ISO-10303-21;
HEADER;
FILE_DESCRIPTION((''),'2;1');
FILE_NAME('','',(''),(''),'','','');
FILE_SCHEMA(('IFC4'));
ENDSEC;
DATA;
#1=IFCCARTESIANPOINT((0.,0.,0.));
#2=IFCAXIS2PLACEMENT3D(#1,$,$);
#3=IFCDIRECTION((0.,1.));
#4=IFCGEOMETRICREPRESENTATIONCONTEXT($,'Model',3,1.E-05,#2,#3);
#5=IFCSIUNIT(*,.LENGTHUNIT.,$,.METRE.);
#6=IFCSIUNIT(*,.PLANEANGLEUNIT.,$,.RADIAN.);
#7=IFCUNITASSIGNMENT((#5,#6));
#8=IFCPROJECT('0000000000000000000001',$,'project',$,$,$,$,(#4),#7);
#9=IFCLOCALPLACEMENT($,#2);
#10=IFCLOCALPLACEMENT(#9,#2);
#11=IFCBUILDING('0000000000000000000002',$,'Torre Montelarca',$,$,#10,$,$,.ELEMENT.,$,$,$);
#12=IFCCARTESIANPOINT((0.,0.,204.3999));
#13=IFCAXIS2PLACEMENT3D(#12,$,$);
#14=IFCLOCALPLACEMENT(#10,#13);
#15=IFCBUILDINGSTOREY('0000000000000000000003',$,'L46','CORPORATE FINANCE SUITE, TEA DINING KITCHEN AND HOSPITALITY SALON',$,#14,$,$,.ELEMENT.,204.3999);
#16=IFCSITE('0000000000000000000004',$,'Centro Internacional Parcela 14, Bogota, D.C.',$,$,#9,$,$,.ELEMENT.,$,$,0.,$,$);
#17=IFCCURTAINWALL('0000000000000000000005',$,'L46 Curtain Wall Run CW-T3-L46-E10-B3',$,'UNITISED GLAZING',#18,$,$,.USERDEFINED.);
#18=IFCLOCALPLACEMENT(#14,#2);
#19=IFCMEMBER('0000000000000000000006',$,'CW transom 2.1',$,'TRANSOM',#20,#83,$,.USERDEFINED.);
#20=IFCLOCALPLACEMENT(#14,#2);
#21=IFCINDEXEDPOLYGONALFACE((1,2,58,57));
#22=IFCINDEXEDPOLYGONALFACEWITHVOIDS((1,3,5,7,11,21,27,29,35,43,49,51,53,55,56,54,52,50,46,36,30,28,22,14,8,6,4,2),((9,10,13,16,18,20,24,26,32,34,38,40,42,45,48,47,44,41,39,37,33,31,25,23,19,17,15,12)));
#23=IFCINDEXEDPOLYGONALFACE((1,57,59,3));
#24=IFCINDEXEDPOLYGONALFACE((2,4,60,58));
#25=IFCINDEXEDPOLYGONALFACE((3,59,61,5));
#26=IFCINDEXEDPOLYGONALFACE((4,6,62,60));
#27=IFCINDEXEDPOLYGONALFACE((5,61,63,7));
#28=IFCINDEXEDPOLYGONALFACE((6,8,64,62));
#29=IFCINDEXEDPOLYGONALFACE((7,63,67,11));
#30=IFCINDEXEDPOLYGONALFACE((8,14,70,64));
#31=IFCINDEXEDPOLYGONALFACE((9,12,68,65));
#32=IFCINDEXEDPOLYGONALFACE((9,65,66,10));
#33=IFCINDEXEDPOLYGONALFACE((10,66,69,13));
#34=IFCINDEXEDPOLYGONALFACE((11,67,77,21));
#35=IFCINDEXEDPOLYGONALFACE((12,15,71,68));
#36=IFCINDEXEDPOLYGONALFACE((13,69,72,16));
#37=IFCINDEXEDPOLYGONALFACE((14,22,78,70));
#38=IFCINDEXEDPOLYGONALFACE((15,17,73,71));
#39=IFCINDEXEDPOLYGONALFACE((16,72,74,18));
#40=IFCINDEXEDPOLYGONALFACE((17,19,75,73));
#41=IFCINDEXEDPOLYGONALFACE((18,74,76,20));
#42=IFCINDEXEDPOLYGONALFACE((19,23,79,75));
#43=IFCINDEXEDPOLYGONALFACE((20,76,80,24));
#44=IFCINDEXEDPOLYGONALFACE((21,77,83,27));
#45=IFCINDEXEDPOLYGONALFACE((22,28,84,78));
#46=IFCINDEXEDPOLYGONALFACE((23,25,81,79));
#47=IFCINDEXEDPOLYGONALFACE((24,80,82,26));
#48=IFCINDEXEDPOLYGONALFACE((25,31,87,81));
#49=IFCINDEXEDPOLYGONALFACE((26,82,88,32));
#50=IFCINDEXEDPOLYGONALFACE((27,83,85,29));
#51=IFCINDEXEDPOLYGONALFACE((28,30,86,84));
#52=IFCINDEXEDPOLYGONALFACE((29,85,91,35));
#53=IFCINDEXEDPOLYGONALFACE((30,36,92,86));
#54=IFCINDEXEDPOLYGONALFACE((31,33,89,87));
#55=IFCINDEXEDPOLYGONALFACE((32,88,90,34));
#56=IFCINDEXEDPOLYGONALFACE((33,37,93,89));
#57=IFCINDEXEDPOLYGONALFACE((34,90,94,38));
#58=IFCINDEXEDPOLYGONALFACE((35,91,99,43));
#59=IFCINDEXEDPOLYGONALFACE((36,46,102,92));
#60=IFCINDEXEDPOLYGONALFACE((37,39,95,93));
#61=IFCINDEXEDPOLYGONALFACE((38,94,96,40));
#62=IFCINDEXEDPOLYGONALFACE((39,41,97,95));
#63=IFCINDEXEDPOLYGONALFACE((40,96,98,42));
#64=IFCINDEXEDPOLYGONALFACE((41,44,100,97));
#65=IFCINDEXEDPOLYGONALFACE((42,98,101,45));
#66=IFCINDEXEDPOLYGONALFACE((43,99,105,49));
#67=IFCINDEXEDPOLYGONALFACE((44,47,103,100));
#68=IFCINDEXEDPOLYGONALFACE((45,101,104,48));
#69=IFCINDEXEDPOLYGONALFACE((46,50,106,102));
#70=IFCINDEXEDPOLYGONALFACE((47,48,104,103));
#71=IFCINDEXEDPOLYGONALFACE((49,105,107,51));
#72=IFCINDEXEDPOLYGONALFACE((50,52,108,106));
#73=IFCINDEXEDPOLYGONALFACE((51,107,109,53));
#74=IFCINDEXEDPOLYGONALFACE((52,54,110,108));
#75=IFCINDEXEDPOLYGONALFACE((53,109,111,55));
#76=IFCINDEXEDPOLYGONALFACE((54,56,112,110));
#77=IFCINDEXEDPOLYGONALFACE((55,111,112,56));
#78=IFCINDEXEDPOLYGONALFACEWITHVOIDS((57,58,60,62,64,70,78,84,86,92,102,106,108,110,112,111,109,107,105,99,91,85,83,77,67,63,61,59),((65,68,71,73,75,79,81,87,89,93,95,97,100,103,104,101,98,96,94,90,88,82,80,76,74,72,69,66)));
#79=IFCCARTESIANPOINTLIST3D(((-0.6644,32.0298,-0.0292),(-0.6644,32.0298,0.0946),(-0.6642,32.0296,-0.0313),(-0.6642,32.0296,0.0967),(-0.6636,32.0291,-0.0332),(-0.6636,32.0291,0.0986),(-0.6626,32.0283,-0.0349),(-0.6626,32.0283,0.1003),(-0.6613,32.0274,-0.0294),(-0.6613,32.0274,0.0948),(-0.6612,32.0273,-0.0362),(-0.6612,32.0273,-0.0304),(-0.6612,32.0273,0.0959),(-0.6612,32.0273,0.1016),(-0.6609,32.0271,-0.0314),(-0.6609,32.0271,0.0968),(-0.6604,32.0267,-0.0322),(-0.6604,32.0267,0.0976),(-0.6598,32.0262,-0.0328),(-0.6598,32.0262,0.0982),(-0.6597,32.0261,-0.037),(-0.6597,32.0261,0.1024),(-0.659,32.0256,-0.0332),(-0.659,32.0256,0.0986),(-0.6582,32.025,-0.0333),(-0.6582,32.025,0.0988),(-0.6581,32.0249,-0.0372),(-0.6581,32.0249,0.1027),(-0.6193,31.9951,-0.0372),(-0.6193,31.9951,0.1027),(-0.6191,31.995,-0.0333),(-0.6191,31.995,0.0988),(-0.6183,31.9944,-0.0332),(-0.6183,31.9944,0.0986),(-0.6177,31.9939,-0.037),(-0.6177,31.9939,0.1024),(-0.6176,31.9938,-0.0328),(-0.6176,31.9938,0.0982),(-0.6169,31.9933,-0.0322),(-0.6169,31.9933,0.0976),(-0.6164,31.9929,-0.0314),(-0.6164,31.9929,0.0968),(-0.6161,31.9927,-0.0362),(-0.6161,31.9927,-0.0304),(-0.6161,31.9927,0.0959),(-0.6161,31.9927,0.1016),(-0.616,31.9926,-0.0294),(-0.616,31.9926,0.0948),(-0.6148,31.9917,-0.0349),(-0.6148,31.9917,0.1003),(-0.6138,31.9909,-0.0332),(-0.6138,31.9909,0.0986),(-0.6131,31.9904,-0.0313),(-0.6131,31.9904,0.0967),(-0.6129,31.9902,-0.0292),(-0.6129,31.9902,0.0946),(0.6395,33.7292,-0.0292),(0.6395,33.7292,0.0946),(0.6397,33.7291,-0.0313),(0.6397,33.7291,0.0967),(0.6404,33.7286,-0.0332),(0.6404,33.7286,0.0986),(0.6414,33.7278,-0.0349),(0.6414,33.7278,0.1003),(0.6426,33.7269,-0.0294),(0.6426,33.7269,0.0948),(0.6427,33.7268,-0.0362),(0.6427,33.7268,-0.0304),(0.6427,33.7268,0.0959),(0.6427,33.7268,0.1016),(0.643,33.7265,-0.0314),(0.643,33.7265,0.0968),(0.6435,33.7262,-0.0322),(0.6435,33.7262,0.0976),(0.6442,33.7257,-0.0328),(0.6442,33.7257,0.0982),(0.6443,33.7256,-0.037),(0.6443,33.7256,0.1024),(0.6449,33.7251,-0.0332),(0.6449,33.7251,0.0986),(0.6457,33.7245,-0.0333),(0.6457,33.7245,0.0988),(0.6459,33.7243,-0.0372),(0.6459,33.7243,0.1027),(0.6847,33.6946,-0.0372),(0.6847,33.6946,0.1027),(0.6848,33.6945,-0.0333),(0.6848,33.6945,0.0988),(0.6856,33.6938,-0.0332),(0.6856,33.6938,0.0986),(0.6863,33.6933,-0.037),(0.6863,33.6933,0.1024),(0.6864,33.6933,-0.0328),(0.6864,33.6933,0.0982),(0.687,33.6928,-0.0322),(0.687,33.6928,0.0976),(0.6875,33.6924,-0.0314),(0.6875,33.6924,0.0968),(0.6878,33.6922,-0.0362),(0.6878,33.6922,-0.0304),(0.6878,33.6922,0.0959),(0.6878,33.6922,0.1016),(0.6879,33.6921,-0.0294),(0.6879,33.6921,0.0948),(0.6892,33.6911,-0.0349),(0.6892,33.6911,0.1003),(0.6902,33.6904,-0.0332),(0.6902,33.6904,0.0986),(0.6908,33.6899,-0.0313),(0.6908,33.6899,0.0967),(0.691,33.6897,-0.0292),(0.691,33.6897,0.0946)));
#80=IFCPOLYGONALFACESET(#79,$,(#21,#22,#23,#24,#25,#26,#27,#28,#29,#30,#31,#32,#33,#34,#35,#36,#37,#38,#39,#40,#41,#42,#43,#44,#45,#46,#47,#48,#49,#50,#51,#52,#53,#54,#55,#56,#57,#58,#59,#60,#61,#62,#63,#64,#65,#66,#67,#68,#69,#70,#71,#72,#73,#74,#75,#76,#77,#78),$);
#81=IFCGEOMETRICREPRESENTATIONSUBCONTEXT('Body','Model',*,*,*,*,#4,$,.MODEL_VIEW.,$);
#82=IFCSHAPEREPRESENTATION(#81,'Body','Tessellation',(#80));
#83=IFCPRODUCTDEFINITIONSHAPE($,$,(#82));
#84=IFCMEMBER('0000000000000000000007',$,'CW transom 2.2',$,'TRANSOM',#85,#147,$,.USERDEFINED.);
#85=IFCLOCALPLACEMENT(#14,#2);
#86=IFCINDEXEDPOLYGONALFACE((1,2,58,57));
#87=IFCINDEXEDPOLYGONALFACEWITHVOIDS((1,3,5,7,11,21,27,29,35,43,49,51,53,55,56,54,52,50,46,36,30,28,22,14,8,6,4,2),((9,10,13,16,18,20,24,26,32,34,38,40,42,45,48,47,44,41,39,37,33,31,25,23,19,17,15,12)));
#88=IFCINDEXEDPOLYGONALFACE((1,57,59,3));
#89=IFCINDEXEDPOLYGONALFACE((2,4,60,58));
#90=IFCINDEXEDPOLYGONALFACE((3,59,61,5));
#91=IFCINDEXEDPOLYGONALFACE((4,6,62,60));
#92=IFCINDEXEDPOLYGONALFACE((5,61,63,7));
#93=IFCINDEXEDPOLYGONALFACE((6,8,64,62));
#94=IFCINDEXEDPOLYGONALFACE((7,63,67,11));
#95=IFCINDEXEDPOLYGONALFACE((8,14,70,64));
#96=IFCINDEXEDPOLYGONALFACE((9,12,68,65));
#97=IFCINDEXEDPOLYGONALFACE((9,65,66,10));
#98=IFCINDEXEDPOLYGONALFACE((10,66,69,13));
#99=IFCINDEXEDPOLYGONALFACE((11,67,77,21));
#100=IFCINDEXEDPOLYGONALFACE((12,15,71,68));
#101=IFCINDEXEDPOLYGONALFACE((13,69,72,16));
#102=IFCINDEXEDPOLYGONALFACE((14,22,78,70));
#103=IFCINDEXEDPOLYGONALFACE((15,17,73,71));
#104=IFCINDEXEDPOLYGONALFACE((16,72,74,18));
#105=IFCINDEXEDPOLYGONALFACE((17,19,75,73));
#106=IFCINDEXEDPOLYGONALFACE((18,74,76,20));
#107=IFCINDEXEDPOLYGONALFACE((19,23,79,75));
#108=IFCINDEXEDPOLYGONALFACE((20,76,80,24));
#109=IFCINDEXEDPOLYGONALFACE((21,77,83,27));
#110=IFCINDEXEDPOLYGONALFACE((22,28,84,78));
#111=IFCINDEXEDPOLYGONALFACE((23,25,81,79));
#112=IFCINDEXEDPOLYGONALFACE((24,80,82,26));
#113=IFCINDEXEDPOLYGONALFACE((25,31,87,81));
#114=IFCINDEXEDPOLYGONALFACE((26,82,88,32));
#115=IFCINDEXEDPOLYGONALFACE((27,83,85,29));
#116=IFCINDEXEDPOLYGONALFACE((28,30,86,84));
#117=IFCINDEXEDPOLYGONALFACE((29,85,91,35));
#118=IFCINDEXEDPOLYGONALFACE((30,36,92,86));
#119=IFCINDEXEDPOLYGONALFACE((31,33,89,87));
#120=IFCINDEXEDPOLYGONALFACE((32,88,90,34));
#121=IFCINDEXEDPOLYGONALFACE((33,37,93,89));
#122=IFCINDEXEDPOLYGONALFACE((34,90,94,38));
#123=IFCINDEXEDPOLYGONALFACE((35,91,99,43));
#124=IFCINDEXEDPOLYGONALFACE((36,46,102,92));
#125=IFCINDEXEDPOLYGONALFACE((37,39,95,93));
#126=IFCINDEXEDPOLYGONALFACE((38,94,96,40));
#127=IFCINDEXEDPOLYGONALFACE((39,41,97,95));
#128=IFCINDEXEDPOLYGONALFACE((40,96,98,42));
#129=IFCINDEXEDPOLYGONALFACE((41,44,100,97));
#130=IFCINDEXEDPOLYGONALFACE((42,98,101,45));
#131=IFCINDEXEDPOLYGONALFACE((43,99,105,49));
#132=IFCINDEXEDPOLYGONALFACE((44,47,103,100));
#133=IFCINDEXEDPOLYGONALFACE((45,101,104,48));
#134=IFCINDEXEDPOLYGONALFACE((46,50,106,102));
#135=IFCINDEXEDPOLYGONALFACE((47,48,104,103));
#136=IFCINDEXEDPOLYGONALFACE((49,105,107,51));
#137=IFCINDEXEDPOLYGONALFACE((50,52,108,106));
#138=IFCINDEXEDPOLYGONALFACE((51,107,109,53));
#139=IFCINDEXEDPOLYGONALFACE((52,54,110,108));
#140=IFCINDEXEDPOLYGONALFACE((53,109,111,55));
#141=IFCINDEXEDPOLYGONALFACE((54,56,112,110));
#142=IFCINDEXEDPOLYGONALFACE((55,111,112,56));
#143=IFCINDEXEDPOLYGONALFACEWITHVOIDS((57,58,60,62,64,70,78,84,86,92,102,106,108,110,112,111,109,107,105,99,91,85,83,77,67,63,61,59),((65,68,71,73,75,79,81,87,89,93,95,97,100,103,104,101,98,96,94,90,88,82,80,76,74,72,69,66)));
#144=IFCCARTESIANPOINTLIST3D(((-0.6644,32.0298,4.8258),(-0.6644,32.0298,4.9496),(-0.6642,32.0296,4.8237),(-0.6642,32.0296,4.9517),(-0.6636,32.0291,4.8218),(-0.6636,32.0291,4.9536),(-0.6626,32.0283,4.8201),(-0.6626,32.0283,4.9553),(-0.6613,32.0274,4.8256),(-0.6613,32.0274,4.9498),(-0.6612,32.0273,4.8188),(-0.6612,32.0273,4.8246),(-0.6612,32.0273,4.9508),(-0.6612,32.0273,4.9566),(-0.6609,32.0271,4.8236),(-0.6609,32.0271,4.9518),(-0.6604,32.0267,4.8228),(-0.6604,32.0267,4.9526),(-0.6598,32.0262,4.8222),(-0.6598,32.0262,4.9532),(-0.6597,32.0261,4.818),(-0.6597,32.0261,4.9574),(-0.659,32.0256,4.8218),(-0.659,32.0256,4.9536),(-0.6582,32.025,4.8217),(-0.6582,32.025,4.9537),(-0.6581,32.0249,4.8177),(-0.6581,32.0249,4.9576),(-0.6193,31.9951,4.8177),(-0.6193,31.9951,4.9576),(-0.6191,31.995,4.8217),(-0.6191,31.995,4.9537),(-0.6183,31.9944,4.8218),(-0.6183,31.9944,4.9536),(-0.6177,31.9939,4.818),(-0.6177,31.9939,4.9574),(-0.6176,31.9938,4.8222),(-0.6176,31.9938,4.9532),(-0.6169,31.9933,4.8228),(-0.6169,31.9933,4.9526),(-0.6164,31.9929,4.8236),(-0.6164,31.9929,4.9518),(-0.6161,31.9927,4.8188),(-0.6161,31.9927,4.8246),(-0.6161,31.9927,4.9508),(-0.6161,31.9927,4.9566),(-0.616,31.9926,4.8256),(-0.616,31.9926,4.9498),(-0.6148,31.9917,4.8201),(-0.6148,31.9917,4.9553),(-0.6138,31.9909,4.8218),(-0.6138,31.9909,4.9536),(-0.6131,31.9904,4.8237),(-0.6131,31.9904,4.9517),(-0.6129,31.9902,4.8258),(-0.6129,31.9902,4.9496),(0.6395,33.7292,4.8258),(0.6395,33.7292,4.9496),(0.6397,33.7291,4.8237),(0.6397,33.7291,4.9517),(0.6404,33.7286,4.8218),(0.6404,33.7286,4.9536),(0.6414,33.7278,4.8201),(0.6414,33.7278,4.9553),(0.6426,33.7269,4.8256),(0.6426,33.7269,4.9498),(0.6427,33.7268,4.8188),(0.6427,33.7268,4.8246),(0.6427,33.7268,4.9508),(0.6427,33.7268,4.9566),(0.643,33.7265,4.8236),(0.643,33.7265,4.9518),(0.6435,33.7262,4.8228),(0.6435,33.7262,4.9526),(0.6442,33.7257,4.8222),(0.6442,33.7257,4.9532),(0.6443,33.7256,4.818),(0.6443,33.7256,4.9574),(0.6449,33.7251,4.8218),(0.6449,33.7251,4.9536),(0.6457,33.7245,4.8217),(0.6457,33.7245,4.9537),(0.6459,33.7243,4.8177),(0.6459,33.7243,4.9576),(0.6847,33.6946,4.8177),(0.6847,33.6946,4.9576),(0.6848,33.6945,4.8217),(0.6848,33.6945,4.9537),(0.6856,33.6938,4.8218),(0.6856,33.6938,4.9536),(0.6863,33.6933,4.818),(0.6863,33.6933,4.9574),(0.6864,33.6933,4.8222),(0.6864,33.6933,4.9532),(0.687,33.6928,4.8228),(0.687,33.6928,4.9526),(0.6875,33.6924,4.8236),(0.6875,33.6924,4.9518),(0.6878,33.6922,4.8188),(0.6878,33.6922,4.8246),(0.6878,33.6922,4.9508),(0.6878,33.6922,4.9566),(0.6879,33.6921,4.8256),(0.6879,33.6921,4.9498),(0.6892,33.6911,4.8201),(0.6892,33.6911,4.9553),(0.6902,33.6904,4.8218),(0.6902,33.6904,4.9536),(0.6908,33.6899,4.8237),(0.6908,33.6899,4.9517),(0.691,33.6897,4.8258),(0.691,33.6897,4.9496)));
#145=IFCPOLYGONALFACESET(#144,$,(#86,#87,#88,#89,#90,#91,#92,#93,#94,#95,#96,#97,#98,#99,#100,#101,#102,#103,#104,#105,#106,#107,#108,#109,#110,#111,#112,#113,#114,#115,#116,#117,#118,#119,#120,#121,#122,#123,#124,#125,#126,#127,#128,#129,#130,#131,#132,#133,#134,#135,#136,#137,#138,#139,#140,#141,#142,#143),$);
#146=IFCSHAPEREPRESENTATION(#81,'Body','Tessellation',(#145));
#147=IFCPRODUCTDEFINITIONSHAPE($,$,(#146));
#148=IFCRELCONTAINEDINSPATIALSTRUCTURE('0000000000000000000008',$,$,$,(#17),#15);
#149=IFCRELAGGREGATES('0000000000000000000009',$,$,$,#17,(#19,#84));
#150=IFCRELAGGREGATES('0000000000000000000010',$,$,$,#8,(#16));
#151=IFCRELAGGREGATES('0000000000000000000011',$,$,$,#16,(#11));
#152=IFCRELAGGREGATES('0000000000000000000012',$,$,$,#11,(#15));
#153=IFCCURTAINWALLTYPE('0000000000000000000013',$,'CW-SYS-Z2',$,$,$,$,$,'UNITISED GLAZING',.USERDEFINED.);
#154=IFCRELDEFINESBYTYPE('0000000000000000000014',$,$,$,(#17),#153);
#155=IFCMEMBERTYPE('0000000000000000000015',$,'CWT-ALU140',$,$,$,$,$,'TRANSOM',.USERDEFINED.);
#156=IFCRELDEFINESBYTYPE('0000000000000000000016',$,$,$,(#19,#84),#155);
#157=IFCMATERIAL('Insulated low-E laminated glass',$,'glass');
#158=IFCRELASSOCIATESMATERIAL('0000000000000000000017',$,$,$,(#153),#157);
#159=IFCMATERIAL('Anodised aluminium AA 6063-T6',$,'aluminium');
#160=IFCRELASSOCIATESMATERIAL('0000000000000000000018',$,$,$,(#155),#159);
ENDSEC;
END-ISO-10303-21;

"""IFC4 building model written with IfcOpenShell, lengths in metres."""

from ifc_helpers import new_model, si_unit, direction, frame, origin, origin_2d, place, context, subcontext, project, spatial, hollow_rectangle, extrude, source, transform, mapped, material, material_profile, profile_set, type_object, element, aggregate, save


model = new_model("IFC4")

# Units and contexts
model_context = context("Model", 3, precision=1e-05, world=origin(), true_north=direction((0.0, 1.0)))
body_context = subcontext(model_context, "Body", "Model", "MODEL_VIEW")
ifc_project = project(units=[si_unit("LENGTHUNIT", "METRE"), si_unit("PLANEANGLEUNIT", "RADIAN")], contexts=[model_context])

# Site, building, storey
site_placement = place(None, origin())
site = spatial("IfcSite", under=ifc_project, at=site_placement, Name="Centro Internacional Parcela 14, Bogota, D.C.", CompositionType="ELEMENT", RefElevation=0.0)
building_placement = place(site_placement, origin())
building = spatial("IfcBuilding", under=site, at=building_placement, Name="Torre Montelarca", CompositionType="ELEMENT")
storey_placement = place(building_placement, frame((0.0, 0.0, 204.3999)))
storey = spatial("IfcBuildingStorey", under=building, at=storey_placement, Name="L46", Description="CORPORATE FINANCE SUITE, TEA DINING KITCHEN AND HOSPITALITY SALON", CompositionType="ELEMENT", Elevation=204.3999)

# Curtain wall
ifc_material_1 = material(Name="Insulated low-E laminated glass", Category="glass")
curtain_wall_type = type_object("IfcCurtainWallType", Name="CW-SYS-Z2", ElementType="UNITISED GLAZING", PredefinedType="USERDEFINED", material=ifc_material_1)
ifc_material_2 = material(Name="Anodised aluminium AA 6063-T6", Category="aluminium")
ifc_material_profile_1 = material_profile(ifc_material_2, hollow_rectangle(XDim=0.0649, YDim=0.1399, WallThickness=0.0039, InnerFilletRadius=0.0039, OuterFilletRadius=0.0081, at=origin_2d()), Name="ALU65X140X4", Category="aluminium")
ifc_profile_set_1 = profile_set([ifc_material_profile_1], Name="Anodised aluminium AA 6063-T6")
member_type_1 = type_object("IfcMemberType", Name="CWT-ALU140", ElementType="TRANSOM", PredefinedType="USERDEFINED", material=ifc_profile_set_1)
curtain_wall_1_placement = place(storey_placement, origin())
curtain_wall_1 = element("IfcCurtainWall", 1, at=curtain_wall_1_placement, inside=storey, type_object=curtain_wall_type, Name="L46 Curtain Wall Run CW-T3-L46-E10-B3", ObjectType="UNITISED GLAZING", PredefinedType="USERDEFINED")

# Members
shared_shape_1 = source(origin(), body_context, "Body", "SweptSolid", [
    extrude(hollow_rectangle(XDim=0.0649, YDim=0.1399, WallThickness=0.0039, InnerFilletRadius=0.0039, OuterFilletRadius=0.0081, at=origin_2d()), origin(), (0.0, 0.0, 1.0), 2.1421),
])
member_1_placement = place(storey_placement, frame((0.6653, 33.7095, 0.0327), z_axis=(-0.608735, -0.793373, 0.0), x_axis=(0.793373, -0.608735, 0.0)))
member_1 = element("IfcMember", 2, at=member_1_placement, type_object=member_type_1, Name="CW transom 2.1", ObjectType="TRANSOM", PredefinedType="USERDEFINED", context=body_context, shape_type="MappedRepresentation", body=[
    mapped(shared_shape_1, transform((0.0, 0.0, 0.0), scale=1.0)),
])
member_2_placement = place(storey_placement, frame((0.6653, 33.7095, 4.8877), z_axis=(-0.608735, -0.793373, 0.0), x_axis=(0.793373, -0.608735, 0.0)))
member_2 = element("IfcMember", 3, at=member_2_placement, type_object=member_type_1, Name="CW transom 2.2", ObjectType="TRANSOM", PredefinedType="USERDEFINED", context=body_context, shape_type="MappedRepresentation", body=[
    mapped(shared_shape_1, transform((0.0, 0.0, 0.0), scale=1.0)),
])

aggregate(curtain_wall_1, [member_1, member_2])

save(model, "model.ifc")
